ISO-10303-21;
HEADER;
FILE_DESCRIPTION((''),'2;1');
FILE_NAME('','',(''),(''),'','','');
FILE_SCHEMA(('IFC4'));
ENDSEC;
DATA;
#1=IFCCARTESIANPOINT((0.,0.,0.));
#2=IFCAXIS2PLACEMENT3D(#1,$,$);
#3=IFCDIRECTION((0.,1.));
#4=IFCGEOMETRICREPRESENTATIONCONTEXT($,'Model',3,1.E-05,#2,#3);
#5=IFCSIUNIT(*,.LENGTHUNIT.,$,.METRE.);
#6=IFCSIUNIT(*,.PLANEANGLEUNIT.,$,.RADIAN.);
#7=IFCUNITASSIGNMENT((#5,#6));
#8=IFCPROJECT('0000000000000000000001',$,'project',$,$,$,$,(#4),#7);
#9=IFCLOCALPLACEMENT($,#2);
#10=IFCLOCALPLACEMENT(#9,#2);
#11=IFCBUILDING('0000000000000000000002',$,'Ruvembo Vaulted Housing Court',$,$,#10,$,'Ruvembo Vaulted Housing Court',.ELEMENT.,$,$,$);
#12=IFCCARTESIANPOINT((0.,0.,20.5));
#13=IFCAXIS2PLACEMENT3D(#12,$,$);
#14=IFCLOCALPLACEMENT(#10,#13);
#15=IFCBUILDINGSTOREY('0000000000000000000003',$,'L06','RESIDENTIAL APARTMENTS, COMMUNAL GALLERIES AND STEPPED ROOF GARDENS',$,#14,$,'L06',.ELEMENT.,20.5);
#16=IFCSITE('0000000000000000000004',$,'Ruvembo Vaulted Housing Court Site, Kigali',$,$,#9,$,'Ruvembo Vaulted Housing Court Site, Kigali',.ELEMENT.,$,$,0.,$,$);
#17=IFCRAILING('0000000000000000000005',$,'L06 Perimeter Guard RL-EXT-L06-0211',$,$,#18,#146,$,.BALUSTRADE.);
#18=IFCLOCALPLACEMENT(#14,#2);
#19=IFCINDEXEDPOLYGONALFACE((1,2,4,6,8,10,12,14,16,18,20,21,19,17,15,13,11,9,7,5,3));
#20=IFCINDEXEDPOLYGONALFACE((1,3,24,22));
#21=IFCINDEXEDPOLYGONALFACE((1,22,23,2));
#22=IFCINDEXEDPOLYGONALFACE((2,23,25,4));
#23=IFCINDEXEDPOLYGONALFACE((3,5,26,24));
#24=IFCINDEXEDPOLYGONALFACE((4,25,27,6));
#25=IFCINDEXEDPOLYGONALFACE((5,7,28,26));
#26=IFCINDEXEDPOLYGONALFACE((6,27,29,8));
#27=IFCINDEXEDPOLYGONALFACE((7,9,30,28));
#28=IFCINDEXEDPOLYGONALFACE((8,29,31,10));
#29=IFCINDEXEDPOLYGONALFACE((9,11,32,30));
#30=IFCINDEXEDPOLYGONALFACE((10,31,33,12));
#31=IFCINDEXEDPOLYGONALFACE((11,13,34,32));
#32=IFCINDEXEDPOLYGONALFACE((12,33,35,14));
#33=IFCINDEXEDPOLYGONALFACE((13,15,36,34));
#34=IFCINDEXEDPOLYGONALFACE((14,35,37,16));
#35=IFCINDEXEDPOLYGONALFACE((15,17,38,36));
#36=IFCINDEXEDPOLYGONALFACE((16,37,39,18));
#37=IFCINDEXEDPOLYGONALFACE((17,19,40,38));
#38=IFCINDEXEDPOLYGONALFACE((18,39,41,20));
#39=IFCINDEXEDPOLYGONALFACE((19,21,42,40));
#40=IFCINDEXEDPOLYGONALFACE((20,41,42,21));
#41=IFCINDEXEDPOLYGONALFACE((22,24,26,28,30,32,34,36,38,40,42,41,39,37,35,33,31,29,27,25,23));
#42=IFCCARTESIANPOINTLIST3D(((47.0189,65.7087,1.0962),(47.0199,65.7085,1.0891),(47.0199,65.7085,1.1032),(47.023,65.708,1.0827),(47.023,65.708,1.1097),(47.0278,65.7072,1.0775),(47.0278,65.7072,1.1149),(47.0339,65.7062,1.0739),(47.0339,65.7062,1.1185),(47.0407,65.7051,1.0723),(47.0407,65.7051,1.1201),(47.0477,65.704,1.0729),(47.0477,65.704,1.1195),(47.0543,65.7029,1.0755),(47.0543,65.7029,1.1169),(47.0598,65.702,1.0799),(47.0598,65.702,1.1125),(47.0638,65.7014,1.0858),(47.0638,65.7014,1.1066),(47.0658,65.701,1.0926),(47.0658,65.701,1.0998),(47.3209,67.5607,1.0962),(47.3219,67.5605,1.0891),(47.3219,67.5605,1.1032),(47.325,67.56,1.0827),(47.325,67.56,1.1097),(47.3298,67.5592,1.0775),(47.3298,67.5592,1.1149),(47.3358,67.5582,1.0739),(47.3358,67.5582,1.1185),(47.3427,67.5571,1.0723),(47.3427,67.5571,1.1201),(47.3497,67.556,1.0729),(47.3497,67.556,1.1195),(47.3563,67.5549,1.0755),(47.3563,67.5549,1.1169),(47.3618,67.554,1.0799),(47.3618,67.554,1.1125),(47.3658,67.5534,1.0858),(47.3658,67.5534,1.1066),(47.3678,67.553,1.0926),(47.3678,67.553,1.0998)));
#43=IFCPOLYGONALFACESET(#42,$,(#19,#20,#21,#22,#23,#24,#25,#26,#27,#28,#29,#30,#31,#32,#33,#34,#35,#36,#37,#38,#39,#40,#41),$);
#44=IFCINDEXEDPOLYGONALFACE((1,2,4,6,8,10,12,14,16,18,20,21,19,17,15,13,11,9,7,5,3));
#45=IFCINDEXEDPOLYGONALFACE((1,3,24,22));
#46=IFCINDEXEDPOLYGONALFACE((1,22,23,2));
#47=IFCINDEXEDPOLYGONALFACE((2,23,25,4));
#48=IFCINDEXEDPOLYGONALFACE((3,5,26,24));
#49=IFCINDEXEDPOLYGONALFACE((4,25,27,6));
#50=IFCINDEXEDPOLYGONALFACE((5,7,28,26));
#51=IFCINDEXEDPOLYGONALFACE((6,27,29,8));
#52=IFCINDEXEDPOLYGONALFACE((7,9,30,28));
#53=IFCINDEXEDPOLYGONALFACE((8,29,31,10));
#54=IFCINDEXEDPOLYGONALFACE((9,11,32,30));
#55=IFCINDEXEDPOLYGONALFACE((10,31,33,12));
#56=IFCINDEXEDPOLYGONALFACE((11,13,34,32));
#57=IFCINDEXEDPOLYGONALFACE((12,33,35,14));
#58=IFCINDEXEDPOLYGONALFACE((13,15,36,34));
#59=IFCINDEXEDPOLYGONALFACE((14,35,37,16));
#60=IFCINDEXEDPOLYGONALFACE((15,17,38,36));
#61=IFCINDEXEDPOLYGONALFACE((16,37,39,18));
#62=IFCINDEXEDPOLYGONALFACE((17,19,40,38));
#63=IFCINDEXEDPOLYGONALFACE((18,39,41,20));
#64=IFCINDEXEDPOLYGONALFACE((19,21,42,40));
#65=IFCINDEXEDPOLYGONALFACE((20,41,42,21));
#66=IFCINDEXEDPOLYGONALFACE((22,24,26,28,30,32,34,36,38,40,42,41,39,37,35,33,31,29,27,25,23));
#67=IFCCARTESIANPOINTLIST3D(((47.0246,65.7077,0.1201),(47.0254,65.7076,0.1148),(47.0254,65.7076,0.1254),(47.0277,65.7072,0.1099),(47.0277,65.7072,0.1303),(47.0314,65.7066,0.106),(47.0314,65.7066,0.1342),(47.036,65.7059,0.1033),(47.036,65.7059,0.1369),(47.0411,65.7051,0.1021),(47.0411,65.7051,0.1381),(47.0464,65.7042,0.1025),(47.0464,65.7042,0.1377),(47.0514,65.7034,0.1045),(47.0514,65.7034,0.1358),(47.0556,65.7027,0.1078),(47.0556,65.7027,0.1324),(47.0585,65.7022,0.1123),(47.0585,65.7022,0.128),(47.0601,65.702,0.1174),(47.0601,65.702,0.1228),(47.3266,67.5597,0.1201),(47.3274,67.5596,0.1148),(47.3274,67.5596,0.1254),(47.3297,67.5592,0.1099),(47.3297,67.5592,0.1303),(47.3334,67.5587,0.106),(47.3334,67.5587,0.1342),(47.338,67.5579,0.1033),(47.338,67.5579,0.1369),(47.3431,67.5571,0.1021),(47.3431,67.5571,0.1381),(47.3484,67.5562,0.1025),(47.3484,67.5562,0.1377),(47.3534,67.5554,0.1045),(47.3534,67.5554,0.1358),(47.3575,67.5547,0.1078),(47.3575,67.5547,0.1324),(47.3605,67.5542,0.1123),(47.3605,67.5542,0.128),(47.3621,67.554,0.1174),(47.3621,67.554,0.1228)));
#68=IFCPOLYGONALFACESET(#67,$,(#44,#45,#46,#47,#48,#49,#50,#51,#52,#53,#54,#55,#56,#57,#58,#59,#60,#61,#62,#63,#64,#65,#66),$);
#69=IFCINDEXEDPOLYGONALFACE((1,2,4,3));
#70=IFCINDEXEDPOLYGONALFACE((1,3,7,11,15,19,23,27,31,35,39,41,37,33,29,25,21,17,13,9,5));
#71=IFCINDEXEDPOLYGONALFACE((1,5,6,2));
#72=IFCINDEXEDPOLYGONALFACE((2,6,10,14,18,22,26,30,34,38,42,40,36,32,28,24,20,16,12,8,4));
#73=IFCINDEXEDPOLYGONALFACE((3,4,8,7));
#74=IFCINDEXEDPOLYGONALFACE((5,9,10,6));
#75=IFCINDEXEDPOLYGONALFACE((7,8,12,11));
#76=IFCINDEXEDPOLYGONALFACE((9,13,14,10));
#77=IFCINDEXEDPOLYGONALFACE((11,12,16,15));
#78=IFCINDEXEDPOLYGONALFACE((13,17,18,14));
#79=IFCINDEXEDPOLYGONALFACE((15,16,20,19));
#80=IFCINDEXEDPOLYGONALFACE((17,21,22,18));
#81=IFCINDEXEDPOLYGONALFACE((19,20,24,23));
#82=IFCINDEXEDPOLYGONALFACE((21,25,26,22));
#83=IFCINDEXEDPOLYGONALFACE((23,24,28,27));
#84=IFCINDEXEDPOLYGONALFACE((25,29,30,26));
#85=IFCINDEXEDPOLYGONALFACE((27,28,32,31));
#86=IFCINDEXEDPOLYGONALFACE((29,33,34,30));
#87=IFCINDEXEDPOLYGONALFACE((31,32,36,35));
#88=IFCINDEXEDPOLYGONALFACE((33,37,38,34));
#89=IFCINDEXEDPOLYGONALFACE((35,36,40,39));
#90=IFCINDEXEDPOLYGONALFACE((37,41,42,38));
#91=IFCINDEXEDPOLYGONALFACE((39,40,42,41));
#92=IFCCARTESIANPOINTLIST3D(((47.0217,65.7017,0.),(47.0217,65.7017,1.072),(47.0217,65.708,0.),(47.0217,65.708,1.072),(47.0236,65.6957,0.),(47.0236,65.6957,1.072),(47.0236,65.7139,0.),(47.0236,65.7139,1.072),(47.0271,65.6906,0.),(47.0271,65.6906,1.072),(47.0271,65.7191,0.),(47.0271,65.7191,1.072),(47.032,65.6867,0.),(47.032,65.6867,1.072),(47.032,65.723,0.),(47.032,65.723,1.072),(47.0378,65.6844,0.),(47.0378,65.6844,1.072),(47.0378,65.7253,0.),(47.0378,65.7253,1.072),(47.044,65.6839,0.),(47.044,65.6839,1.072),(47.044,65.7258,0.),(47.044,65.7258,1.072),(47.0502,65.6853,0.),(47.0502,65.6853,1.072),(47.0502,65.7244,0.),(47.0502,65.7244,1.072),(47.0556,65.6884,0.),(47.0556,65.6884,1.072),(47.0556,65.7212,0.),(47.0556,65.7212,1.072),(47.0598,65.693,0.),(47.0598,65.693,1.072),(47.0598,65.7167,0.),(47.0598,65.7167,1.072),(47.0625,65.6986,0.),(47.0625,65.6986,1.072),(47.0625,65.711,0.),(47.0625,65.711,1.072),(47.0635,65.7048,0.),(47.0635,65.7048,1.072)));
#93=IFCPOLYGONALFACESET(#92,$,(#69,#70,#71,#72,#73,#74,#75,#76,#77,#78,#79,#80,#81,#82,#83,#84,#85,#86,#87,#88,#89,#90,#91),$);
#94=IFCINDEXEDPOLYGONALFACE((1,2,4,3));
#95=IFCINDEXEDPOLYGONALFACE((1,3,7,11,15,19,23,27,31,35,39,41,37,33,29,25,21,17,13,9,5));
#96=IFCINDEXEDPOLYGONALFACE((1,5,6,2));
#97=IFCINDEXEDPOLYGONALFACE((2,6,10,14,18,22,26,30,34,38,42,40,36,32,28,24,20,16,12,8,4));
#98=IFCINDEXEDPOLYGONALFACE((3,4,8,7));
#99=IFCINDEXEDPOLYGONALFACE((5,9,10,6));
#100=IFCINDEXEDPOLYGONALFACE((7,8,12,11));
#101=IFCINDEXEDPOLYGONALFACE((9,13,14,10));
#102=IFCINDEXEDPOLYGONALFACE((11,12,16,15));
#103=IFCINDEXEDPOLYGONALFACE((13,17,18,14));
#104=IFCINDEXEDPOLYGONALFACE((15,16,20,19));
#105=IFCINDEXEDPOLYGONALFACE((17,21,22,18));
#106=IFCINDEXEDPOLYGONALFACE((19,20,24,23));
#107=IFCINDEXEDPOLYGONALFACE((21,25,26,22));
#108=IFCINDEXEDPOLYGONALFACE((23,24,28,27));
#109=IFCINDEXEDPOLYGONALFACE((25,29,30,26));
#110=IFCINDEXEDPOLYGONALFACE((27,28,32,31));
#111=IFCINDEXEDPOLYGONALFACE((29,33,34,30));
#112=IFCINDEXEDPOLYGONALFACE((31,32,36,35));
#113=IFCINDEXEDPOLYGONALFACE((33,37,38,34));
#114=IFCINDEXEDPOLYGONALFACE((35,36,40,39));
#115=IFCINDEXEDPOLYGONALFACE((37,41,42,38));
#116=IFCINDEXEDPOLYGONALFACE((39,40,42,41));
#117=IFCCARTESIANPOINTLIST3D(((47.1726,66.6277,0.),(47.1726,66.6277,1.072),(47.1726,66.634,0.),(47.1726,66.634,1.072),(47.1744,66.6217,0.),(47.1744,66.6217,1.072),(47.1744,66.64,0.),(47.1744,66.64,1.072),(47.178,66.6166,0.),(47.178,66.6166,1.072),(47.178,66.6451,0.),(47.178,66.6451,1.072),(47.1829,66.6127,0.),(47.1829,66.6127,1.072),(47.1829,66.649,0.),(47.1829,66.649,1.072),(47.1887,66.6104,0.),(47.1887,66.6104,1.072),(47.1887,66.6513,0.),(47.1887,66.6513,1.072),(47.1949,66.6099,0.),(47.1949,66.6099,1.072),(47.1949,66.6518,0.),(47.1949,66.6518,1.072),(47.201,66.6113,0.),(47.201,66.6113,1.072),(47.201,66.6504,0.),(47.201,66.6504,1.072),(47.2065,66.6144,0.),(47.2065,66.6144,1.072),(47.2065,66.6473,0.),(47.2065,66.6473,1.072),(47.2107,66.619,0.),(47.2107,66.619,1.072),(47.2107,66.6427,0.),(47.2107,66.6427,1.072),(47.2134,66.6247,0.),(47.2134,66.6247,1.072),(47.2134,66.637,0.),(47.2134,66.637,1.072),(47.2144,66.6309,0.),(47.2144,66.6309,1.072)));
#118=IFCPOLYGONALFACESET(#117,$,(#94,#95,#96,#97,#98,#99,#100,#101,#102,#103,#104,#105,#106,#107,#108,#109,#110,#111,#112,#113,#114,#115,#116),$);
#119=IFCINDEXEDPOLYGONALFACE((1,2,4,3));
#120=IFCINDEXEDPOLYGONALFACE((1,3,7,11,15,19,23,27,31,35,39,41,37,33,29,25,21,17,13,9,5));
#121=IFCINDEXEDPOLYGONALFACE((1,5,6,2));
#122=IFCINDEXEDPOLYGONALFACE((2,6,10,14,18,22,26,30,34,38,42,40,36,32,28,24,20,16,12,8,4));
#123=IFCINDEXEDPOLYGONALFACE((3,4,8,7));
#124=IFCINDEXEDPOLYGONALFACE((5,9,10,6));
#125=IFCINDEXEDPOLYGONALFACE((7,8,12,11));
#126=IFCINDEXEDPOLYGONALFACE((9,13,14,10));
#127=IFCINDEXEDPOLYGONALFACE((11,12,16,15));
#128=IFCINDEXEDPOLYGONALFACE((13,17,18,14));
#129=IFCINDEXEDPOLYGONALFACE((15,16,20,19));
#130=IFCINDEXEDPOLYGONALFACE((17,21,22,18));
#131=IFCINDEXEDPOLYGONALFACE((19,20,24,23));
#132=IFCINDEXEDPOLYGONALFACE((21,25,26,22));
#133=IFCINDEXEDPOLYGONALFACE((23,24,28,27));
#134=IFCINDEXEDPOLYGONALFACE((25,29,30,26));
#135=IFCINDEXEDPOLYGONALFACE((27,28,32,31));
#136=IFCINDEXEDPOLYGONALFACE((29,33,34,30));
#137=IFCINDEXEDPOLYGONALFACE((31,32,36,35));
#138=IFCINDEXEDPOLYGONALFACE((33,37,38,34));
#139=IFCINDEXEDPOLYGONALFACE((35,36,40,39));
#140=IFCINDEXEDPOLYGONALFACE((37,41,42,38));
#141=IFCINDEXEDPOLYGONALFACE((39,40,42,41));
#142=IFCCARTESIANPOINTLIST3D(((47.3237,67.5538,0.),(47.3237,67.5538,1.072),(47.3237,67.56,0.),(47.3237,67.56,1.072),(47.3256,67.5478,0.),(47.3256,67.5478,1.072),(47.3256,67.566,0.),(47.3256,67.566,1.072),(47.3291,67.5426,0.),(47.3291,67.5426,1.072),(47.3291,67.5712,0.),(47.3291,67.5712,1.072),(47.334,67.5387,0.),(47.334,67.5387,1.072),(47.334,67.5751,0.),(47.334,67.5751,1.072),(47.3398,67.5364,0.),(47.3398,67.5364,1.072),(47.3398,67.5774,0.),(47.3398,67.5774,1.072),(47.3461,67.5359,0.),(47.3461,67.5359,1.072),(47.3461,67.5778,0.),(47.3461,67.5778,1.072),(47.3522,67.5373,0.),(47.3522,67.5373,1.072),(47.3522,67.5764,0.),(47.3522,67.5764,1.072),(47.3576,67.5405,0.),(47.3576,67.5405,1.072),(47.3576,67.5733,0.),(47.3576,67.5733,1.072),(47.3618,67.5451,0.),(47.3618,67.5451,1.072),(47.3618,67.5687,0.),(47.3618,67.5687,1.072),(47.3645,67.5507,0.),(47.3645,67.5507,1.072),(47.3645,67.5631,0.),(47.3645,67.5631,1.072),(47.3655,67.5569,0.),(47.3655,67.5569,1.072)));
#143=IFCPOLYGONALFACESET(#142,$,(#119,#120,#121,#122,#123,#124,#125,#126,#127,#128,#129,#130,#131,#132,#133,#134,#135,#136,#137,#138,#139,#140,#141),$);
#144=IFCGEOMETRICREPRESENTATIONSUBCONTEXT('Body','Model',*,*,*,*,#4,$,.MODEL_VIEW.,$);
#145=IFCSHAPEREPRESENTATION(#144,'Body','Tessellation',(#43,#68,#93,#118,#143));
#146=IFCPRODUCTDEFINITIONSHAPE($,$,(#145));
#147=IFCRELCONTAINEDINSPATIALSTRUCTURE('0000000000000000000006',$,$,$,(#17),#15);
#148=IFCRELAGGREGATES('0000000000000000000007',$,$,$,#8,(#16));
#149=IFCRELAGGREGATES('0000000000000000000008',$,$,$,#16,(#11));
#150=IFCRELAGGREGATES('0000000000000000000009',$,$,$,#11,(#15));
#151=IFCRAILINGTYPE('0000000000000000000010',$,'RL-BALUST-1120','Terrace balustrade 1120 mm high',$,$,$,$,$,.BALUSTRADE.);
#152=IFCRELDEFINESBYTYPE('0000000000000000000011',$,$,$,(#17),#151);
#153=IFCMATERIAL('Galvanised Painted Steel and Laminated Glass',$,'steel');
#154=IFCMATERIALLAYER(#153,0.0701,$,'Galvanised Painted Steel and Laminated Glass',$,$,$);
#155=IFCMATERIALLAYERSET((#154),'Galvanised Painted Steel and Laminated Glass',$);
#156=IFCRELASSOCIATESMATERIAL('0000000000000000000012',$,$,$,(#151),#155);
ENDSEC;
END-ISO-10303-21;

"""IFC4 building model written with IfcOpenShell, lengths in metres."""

from ifc_helpers import new_model, si_unit, direction, frame, origin, origin_2d, place, context, subcontext, project, spatial, circle, extrude, material, layer, layer_set, type_object, element, save


model = new_model("IFC4")

# Units and contexts
model_context = context("Model", 3, precision=1e-05, world=origin(), true_north=direction((0.0, 1.0)))
body_context = subcontext(model_context, "Body", "Model", "MODEL_VIEW")
ifc_project = project(units=[si_unit("LENGTHUNIT", "METRE"), si_unit("PLANEANGLEUNIT", "RADIAN")], contexts=[model_context])

# Site, building, storey
site_placement = place(None, origin())
site = spatial("IfcSite", under=ifc_project, at=site_placement, Name="Ruvembo Vaulted Housing Court Site, Kigali", LongName="Ruvembo Vaulted Housing Court Site, Kigali", CompositionType="ELEMENT", RefElevation=0.0)
building_placement = place(site_placement, origin())
building = spatial("IfcBuilding", under=site, at=building_placement, Name="Ruvembo Vaulted Housing Court", LongName="Ruvembo Vaulted Housing Court", CompositionType="ELEMENT")
storey_placement = place(building_placement, frame((0.0, 0.0, 20.5)))
storey = spatial("IfcBuildingStorey", under=building, at=storey_placement, Name="L06", Description="RESIDENTIAL APARTMENTS, COMMUNAL GALLERIES AND STEPPED ROOF GARDENS", LongName="L06", CompositionType="ELEMENT", Elevation=20.5)

# Railing
ifc_material_1 = material(Name="Galvanised Painted Steel and Laminated Glass", Category="steel")
ifc_layer_1 = layer(ifc_material_1, 0.0701, Name="Galvanised Painted Steel and Laminated Glass")
ifc_layer_set_1 = layer_set([ifc_layer_1], Name="Galvanised Painted Steel and Laminated Glass")
railing_type = type_object("IfcRailingType", Name="RL-BALUST-1120", Description="Terrace balustrade 1120 mm high", PredefinedType="BALUSTRADE", material=ifc_layer_set_1)
railing_1_placement = place(storey_placement, frame((47.0425, 65.7048, 0.0)))
element("IfcRailing", 1, at=railing_1_placement, inside=storey, type_object=railing_type, Name="L06 Perimeter Guard RL-EXT-L06-0211", PredefinedType="BALUSTRADE", context=body_context, shape_type="SweptSolid", body=[
    extrude(circle(Radius=0.0239, at=origin_2d()), frame((0.0, 0.0, 1.0962), z_axis=(0.160938, 0.986965, 0.0), x_axis=(-0.986965, 0.160938, 0.0)), (0.0, 0.0, 1.0), 1.8765),
    extrude(circle(Radius=0.0181, at=origin_2d()), frame((0.0, 0.0, 0.1201), z_axis=(0.160938, 0.986965, 0.0), x_axis=(-0.986965, 0.160938, 0.0)), (0.0, 0.0, 1.0), 1.8765),
    extrude(circle(Radius=0.021, at=origin_2d()), origin(), (0.0, 0.0, 1.0), 1.072),
    extrude(circle(Radius=0.021, at=origin_2d()), frame((0.1509, 0.926, 0.0)), (0.0, 0.0, 1.0), 1.072),
    extrude(circle(Radius=0.021, at=origin_2d()), frame((0.302, 1.8521, 0.0)), (0.0, 0.0, 1.0), 1.072),
])

save(model, "model.ifc")
